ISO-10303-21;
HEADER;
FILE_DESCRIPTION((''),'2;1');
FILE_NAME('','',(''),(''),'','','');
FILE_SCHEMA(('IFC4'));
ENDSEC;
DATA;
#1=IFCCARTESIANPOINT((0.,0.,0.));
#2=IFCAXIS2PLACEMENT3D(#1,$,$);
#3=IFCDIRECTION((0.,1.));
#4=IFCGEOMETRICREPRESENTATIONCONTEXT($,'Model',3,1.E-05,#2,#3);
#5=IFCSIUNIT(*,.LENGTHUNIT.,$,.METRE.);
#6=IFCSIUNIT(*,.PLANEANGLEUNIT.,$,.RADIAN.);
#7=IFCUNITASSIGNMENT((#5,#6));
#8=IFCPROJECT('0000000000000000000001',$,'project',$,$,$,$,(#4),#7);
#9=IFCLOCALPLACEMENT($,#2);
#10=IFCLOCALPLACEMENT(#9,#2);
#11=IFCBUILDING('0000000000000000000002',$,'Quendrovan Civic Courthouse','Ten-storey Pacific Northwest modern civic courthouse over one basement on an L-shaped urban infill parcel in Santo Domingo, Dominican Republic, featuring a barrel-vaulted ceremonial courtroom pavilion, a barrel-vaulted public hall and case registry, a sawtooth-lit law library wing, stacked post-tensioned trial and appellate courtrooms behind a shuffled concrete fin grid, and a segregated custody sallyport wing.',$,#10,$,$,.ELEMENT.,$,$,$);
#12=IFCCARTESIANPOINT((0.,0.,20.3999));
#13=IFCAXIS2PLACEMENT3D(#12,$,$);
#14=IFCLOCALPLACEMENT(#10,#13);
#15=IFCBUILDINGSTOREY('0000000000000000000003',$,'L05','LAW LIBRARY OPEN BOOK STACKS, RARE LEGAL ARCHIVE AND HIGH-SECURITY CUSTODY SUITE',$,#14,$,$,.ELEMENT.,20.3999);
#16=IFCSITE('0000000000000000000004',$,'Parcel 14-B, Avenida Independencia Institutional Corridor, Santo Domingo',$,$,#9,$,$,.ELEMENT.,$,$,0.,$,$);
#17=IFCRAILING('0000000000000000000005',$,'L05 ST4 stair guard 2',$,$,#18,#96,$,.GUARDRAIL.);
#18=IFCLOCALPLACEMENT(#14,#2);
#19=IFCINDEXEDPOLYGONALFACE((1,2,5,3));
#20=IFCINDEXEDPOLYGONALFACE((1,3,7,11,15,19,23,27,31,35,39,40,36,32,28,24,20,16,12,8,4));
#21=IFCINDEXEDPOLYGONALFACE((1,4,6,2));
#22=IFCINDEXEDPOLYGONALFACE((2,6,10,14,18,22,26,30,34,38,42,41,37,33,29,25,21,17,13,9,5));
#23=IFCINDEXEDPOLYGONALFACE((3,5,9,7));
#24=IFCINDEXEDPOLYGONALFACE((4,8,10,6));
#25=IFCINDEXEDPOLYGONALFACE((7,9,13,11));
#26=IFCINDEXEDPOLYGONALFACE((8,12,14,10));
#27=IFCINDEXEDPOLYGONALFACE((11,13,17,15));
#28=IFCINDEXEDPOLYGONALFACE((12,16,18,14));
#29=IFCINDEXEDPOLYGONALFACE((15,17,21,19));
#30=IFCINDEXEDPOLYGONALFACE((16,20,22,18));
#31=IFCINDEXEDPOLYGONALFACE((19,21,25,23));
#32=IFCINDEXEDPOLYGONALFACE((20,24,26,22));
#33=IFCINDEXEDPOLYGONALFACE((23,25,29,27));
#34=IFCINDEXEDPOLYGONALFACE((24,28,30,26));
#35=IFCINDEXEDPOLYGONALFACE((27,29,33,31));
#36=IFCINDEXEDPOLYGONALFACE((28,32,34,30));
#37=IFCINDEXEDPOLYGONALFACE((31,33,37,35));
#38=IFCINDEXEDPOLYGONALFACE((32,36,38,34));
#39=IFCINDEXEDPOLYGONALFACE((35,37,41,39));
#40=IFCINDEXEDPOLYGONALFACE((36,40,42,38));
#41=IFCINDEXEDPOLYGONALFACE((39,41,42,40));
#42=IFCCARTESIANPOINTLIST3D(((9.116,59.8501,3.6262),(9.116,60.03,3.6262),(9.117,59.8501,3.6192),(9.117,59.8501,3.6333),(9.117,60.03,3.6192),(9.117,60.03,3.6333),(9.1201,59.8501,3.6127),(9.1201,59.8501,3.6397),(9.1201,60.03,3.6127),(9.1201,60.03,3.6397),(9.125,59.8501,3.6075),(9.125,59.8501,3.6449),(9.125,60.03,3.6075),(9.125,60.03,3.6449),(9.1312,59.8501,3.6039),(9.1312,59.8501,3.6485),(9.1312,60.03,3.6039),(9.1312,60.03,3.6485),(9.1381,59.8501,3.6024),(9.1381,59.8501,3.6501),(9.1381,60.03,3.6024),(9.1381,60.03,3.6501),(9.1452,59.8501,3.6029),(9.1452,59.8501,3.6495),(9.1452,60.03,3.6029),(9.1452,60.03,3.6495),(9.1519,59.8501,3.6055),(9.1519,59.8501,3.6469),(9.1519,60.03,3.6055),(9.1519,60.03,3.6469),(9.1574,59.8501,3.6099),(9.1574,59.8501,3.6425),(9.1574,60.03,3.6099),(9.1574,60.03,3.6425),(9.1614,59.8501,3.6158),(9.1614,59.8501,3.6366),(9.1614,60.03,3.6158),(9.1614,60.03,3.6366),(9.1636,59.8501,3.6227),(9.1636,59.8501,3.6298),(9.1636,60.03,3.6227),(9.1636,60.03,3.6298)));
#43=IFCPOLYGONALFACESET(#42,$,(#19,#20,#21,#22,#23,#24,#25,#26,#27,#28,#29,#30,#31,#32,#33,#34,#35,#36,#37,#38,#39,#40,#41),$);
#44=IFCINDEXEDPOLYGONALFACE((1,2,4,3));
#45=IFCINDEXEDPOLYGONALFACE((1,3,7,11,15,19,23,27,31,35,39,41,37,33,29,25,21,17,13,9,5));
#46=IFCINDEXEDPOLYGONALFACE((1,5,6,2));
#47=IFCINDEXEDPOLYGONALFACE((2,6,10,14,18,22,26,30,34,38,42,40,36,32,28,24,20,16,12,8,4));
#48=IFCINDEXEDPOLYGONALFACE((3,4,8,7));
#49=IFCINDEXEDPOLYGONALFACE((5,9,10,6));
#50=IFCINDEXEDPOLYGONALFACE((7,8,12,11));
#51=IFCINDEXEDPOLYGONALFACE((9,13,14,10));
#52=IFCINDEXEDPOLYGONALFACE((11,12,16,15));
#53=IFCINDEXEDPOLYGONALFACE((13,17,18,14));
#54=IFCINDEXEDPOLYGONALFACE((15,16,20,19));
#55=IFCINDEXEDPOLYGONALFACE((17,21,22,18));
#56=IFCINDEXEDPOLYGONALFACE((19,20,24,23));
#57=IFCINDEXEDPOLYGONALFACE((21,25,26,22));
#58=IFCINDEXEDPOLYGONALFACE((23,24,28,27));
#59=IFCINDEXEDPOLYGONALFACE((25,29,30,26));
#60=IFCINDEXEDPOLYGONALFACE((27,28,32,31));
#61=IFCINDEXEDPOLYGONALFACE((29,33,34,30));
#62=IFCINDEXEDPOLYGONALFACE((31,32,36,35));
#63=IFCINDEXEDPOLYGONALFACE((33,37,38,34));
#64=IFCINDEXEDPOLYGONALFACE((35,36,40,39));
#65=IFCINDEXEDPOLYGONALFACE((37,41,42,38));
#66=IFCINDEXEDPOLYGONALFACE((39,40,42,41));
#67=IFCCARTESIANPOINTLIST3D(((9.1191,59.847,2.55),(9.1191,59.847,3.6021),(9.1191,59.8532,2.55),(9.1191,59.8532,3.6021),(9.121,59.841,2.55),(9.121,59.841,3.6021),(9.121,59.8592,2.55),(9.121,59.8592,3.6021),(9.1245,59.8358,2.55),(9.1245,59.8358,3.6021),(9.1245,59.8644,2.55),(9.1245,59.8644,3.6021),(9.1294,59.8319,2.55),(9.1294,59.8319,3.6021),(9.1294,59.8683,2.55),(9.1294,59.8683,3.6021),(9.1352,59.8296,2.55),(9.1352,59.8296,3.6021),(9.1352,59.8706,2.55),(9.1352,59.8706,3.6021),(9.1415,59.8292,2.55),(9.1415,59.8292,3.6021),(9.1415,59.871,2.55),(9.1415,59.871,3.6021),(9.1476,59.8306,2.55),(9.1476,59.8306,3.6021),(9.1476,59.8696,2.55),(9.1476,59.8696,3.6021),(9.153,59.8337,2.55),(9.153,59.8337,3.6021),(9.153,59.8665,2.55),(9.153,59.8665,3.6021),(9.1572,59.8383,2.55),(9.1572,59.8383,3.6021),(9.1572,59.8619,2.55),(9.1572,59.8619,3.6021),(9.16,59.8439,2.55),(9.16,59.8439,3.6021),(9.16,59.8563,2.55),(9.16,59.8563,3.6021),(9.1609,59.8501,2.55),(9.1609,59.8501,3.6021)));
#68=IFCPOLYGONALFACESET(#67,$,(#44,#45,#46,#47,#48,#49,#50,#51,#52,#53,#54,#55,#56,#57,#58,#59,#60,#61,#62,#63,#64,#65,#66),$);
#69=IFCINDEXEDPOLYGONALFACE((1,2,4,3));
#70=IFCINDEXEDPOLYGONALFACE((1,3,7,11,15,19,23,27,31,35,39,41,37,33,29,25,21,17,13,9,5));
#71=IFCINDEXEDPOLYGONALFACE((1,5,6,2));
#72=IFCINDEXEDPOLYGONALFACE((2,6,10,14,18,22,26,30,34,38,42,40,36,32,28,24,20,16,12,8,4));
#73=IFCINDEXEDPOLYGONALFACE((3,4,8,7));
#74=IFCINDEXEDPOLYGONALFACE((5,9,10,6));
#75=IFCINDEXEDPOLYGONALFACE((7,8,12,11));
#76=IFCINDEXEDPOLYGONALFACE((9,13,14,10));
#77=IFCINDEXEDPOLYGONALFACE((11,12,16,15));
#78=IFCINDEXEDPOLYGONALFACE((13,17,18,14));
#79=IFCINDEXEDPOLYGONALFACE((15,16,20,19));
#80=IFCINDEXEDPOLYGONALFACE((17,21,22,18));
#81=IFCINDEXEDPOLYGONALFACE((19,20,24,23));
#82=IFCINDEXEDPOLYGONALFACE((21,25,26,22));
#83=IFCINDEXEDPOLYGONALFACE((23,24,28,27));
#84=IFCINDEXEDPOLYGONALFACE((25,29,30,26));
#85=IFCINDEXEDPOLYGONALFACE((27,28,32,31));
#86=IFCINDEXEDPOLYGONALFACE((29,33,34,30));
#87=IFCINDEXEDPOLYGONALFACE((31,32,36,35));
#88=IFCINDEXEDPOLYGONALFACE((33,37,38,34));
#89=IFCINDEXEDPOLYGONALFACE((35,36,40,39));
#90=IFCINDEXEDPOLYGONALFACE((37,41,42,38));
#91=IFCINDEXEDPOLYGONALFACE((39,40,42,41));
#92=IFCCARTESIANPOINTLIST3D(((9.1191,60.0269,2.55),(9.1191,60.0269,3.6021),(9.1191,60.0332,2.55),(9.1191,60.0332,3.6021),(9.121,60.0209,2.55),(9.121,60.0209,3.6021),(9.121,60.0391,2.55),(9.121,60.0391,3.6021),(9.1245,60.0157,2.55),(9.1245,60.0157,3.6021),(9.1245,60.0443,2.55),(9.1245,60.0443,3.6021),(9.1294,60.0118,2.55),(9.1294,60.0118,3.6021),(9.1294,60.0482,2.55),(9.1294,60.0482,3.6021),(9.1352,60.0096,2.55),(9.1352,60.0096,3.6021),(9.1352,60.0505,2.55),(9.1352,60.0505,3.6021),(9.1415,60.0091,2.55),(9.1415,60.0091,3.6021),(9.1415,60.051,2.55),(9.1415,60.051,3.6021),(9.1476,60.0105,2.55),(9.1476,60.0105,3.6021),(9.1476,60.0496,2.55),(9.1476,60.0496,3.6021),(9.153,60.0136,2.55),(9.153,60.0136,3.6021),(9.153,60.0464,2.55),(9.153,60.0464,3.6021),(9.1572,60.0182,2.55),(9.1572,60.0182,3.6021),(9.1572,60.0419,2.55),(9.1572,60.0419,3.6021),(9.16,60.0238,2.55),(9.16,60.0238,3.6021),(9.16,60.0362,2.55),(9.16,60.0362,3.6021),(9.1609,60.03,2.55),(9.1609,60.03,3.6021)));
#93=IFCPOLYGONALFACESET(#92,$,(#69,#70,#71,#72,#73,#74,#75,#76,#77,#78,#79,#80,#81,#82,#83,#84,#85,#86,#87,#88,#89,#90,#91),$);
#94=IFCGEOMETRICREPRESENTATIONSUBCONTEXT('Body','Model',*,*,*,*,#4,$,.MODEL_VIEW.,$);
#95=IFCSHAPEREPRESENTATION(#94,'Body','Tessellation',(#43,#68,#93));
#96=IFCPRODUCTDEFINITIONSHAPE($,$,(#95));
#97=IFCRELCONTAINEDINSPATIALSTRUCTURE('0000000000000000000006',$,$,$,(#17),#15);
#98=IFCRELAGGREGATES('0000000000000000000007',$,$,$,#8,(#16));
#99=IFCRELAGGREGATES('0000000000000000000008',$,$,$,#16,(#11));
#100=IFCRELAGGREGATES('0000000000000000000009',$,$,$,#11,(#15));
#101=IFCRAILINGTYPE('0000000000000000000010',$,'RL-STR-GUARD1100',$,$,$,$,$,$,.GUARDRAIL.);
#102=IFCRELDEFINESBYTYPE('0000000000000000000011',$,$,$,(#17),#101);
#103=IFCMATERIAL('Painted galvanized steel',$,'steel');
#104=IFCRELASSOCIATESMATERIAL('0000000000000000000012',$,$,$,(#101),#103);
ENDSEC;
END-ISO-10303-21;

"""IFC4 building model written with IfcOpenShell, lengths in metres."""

from ifc_helpers import new_model, si_unit, direction, frame, origin, origin_2d, place, context, subcontext, project, spatial, circle, extrude, material, type_object, element, save


model = new_model("IFC4")

# Units and contexts
model_context = context("Model", 3, precision=1e-05, world=origin(), true_north=direction((0.0, 1.0)))
body_context = subcontext(model_context, "Body", "Model", "MODEL_VIEW")
ifc_project = project(units=[si_unit("LENGTHUNIT", "METRE"), si_unit("PLANEANGLEUNIT", "RADIAN")], contexts=[model_context])

# Site, building, storey
site_placement = place(None, origin())
site = spatial("IfcSite", under=ifc_project, at=site_placement, Name="Parcel 14-B, Avenida Independencia Institutional Corridor, Santo Domingo", CompositionType="ELEMENT", RefElevation=0.0)
building_placement = place(site_placement, origin())
building = spatial("IfcBuilding", under=site, at=building_placement, Name="Quendrovan Civic Courthouse", Description="Ten-storey Pacific Northwest modern civic courthouse over one basement on an L-shaped urban infill parcel in Santo Domingo, Dominican Republic, featuring a barrel-vaulted ceremonial courtroom pavilion, a barrel-vaulted public hall and case registry, a sawtooth-lit law library wing, stacked post-tensioned trial and appellate courtrooms behind a shuffled concrete fin grid, and a segregated custody sallyport wing.", CompositionType="ELEMENT")
storey_placement = place(building_placement, frame((0.0, 0.0, 20.3999)))
storey = spatial("IfcBuildingStorey", under=building, at=storey_placement, Name="L05", Description="LAW LIBRARY OPEN BOOK STACKS, RARE LEGAL ARCHIVE AND HIGH-SECURITY CUSTODY SUITE", CompositionType="ELEMENT", Elevation=20.3999)

# Railing
ifc_material_1 = material(Name="Painted galvanized steel", Category="steel")
railing_type_1 = type_object("IfcRailingType", Name="RL-STR-GUARD1100", PredefinedType="GUARDRAIL", material=ifc_material_1)
railing_1_placement = place(storey_placement, frame((9.1399, 59.8501, 2.55)))
element("IfcRailing", 1, at=railing_1_placement, inside=storey, type_object=railing_type_1, Name="L05 ST4 stair guard 2", PredefinedType="GUARDRAIL", context=body_context, shape_type="SweptSolid", body=[
    extrude(circle(Radius=0.0239, at=origin_2d()), frame((0.0, 0.0, 1.0762), z_axis=(0.0, 1.0, 0.0), x_axis=(-1.0, 0.0, 0.0)), (0.0, 0.0, 1.0), 0.1799),
    extrude(circle(Radius=0.021, at=origin_2d()), origin(), (0.0, 0.0, 1.0), 1.052),
    extrude(circle(Radius=0.021, at=origin_2d()), frame((0.0, 0.1799, 0.0)), (0.0, 0.0, 1.0), 1.052),
])

save(model, "model.ifc")
